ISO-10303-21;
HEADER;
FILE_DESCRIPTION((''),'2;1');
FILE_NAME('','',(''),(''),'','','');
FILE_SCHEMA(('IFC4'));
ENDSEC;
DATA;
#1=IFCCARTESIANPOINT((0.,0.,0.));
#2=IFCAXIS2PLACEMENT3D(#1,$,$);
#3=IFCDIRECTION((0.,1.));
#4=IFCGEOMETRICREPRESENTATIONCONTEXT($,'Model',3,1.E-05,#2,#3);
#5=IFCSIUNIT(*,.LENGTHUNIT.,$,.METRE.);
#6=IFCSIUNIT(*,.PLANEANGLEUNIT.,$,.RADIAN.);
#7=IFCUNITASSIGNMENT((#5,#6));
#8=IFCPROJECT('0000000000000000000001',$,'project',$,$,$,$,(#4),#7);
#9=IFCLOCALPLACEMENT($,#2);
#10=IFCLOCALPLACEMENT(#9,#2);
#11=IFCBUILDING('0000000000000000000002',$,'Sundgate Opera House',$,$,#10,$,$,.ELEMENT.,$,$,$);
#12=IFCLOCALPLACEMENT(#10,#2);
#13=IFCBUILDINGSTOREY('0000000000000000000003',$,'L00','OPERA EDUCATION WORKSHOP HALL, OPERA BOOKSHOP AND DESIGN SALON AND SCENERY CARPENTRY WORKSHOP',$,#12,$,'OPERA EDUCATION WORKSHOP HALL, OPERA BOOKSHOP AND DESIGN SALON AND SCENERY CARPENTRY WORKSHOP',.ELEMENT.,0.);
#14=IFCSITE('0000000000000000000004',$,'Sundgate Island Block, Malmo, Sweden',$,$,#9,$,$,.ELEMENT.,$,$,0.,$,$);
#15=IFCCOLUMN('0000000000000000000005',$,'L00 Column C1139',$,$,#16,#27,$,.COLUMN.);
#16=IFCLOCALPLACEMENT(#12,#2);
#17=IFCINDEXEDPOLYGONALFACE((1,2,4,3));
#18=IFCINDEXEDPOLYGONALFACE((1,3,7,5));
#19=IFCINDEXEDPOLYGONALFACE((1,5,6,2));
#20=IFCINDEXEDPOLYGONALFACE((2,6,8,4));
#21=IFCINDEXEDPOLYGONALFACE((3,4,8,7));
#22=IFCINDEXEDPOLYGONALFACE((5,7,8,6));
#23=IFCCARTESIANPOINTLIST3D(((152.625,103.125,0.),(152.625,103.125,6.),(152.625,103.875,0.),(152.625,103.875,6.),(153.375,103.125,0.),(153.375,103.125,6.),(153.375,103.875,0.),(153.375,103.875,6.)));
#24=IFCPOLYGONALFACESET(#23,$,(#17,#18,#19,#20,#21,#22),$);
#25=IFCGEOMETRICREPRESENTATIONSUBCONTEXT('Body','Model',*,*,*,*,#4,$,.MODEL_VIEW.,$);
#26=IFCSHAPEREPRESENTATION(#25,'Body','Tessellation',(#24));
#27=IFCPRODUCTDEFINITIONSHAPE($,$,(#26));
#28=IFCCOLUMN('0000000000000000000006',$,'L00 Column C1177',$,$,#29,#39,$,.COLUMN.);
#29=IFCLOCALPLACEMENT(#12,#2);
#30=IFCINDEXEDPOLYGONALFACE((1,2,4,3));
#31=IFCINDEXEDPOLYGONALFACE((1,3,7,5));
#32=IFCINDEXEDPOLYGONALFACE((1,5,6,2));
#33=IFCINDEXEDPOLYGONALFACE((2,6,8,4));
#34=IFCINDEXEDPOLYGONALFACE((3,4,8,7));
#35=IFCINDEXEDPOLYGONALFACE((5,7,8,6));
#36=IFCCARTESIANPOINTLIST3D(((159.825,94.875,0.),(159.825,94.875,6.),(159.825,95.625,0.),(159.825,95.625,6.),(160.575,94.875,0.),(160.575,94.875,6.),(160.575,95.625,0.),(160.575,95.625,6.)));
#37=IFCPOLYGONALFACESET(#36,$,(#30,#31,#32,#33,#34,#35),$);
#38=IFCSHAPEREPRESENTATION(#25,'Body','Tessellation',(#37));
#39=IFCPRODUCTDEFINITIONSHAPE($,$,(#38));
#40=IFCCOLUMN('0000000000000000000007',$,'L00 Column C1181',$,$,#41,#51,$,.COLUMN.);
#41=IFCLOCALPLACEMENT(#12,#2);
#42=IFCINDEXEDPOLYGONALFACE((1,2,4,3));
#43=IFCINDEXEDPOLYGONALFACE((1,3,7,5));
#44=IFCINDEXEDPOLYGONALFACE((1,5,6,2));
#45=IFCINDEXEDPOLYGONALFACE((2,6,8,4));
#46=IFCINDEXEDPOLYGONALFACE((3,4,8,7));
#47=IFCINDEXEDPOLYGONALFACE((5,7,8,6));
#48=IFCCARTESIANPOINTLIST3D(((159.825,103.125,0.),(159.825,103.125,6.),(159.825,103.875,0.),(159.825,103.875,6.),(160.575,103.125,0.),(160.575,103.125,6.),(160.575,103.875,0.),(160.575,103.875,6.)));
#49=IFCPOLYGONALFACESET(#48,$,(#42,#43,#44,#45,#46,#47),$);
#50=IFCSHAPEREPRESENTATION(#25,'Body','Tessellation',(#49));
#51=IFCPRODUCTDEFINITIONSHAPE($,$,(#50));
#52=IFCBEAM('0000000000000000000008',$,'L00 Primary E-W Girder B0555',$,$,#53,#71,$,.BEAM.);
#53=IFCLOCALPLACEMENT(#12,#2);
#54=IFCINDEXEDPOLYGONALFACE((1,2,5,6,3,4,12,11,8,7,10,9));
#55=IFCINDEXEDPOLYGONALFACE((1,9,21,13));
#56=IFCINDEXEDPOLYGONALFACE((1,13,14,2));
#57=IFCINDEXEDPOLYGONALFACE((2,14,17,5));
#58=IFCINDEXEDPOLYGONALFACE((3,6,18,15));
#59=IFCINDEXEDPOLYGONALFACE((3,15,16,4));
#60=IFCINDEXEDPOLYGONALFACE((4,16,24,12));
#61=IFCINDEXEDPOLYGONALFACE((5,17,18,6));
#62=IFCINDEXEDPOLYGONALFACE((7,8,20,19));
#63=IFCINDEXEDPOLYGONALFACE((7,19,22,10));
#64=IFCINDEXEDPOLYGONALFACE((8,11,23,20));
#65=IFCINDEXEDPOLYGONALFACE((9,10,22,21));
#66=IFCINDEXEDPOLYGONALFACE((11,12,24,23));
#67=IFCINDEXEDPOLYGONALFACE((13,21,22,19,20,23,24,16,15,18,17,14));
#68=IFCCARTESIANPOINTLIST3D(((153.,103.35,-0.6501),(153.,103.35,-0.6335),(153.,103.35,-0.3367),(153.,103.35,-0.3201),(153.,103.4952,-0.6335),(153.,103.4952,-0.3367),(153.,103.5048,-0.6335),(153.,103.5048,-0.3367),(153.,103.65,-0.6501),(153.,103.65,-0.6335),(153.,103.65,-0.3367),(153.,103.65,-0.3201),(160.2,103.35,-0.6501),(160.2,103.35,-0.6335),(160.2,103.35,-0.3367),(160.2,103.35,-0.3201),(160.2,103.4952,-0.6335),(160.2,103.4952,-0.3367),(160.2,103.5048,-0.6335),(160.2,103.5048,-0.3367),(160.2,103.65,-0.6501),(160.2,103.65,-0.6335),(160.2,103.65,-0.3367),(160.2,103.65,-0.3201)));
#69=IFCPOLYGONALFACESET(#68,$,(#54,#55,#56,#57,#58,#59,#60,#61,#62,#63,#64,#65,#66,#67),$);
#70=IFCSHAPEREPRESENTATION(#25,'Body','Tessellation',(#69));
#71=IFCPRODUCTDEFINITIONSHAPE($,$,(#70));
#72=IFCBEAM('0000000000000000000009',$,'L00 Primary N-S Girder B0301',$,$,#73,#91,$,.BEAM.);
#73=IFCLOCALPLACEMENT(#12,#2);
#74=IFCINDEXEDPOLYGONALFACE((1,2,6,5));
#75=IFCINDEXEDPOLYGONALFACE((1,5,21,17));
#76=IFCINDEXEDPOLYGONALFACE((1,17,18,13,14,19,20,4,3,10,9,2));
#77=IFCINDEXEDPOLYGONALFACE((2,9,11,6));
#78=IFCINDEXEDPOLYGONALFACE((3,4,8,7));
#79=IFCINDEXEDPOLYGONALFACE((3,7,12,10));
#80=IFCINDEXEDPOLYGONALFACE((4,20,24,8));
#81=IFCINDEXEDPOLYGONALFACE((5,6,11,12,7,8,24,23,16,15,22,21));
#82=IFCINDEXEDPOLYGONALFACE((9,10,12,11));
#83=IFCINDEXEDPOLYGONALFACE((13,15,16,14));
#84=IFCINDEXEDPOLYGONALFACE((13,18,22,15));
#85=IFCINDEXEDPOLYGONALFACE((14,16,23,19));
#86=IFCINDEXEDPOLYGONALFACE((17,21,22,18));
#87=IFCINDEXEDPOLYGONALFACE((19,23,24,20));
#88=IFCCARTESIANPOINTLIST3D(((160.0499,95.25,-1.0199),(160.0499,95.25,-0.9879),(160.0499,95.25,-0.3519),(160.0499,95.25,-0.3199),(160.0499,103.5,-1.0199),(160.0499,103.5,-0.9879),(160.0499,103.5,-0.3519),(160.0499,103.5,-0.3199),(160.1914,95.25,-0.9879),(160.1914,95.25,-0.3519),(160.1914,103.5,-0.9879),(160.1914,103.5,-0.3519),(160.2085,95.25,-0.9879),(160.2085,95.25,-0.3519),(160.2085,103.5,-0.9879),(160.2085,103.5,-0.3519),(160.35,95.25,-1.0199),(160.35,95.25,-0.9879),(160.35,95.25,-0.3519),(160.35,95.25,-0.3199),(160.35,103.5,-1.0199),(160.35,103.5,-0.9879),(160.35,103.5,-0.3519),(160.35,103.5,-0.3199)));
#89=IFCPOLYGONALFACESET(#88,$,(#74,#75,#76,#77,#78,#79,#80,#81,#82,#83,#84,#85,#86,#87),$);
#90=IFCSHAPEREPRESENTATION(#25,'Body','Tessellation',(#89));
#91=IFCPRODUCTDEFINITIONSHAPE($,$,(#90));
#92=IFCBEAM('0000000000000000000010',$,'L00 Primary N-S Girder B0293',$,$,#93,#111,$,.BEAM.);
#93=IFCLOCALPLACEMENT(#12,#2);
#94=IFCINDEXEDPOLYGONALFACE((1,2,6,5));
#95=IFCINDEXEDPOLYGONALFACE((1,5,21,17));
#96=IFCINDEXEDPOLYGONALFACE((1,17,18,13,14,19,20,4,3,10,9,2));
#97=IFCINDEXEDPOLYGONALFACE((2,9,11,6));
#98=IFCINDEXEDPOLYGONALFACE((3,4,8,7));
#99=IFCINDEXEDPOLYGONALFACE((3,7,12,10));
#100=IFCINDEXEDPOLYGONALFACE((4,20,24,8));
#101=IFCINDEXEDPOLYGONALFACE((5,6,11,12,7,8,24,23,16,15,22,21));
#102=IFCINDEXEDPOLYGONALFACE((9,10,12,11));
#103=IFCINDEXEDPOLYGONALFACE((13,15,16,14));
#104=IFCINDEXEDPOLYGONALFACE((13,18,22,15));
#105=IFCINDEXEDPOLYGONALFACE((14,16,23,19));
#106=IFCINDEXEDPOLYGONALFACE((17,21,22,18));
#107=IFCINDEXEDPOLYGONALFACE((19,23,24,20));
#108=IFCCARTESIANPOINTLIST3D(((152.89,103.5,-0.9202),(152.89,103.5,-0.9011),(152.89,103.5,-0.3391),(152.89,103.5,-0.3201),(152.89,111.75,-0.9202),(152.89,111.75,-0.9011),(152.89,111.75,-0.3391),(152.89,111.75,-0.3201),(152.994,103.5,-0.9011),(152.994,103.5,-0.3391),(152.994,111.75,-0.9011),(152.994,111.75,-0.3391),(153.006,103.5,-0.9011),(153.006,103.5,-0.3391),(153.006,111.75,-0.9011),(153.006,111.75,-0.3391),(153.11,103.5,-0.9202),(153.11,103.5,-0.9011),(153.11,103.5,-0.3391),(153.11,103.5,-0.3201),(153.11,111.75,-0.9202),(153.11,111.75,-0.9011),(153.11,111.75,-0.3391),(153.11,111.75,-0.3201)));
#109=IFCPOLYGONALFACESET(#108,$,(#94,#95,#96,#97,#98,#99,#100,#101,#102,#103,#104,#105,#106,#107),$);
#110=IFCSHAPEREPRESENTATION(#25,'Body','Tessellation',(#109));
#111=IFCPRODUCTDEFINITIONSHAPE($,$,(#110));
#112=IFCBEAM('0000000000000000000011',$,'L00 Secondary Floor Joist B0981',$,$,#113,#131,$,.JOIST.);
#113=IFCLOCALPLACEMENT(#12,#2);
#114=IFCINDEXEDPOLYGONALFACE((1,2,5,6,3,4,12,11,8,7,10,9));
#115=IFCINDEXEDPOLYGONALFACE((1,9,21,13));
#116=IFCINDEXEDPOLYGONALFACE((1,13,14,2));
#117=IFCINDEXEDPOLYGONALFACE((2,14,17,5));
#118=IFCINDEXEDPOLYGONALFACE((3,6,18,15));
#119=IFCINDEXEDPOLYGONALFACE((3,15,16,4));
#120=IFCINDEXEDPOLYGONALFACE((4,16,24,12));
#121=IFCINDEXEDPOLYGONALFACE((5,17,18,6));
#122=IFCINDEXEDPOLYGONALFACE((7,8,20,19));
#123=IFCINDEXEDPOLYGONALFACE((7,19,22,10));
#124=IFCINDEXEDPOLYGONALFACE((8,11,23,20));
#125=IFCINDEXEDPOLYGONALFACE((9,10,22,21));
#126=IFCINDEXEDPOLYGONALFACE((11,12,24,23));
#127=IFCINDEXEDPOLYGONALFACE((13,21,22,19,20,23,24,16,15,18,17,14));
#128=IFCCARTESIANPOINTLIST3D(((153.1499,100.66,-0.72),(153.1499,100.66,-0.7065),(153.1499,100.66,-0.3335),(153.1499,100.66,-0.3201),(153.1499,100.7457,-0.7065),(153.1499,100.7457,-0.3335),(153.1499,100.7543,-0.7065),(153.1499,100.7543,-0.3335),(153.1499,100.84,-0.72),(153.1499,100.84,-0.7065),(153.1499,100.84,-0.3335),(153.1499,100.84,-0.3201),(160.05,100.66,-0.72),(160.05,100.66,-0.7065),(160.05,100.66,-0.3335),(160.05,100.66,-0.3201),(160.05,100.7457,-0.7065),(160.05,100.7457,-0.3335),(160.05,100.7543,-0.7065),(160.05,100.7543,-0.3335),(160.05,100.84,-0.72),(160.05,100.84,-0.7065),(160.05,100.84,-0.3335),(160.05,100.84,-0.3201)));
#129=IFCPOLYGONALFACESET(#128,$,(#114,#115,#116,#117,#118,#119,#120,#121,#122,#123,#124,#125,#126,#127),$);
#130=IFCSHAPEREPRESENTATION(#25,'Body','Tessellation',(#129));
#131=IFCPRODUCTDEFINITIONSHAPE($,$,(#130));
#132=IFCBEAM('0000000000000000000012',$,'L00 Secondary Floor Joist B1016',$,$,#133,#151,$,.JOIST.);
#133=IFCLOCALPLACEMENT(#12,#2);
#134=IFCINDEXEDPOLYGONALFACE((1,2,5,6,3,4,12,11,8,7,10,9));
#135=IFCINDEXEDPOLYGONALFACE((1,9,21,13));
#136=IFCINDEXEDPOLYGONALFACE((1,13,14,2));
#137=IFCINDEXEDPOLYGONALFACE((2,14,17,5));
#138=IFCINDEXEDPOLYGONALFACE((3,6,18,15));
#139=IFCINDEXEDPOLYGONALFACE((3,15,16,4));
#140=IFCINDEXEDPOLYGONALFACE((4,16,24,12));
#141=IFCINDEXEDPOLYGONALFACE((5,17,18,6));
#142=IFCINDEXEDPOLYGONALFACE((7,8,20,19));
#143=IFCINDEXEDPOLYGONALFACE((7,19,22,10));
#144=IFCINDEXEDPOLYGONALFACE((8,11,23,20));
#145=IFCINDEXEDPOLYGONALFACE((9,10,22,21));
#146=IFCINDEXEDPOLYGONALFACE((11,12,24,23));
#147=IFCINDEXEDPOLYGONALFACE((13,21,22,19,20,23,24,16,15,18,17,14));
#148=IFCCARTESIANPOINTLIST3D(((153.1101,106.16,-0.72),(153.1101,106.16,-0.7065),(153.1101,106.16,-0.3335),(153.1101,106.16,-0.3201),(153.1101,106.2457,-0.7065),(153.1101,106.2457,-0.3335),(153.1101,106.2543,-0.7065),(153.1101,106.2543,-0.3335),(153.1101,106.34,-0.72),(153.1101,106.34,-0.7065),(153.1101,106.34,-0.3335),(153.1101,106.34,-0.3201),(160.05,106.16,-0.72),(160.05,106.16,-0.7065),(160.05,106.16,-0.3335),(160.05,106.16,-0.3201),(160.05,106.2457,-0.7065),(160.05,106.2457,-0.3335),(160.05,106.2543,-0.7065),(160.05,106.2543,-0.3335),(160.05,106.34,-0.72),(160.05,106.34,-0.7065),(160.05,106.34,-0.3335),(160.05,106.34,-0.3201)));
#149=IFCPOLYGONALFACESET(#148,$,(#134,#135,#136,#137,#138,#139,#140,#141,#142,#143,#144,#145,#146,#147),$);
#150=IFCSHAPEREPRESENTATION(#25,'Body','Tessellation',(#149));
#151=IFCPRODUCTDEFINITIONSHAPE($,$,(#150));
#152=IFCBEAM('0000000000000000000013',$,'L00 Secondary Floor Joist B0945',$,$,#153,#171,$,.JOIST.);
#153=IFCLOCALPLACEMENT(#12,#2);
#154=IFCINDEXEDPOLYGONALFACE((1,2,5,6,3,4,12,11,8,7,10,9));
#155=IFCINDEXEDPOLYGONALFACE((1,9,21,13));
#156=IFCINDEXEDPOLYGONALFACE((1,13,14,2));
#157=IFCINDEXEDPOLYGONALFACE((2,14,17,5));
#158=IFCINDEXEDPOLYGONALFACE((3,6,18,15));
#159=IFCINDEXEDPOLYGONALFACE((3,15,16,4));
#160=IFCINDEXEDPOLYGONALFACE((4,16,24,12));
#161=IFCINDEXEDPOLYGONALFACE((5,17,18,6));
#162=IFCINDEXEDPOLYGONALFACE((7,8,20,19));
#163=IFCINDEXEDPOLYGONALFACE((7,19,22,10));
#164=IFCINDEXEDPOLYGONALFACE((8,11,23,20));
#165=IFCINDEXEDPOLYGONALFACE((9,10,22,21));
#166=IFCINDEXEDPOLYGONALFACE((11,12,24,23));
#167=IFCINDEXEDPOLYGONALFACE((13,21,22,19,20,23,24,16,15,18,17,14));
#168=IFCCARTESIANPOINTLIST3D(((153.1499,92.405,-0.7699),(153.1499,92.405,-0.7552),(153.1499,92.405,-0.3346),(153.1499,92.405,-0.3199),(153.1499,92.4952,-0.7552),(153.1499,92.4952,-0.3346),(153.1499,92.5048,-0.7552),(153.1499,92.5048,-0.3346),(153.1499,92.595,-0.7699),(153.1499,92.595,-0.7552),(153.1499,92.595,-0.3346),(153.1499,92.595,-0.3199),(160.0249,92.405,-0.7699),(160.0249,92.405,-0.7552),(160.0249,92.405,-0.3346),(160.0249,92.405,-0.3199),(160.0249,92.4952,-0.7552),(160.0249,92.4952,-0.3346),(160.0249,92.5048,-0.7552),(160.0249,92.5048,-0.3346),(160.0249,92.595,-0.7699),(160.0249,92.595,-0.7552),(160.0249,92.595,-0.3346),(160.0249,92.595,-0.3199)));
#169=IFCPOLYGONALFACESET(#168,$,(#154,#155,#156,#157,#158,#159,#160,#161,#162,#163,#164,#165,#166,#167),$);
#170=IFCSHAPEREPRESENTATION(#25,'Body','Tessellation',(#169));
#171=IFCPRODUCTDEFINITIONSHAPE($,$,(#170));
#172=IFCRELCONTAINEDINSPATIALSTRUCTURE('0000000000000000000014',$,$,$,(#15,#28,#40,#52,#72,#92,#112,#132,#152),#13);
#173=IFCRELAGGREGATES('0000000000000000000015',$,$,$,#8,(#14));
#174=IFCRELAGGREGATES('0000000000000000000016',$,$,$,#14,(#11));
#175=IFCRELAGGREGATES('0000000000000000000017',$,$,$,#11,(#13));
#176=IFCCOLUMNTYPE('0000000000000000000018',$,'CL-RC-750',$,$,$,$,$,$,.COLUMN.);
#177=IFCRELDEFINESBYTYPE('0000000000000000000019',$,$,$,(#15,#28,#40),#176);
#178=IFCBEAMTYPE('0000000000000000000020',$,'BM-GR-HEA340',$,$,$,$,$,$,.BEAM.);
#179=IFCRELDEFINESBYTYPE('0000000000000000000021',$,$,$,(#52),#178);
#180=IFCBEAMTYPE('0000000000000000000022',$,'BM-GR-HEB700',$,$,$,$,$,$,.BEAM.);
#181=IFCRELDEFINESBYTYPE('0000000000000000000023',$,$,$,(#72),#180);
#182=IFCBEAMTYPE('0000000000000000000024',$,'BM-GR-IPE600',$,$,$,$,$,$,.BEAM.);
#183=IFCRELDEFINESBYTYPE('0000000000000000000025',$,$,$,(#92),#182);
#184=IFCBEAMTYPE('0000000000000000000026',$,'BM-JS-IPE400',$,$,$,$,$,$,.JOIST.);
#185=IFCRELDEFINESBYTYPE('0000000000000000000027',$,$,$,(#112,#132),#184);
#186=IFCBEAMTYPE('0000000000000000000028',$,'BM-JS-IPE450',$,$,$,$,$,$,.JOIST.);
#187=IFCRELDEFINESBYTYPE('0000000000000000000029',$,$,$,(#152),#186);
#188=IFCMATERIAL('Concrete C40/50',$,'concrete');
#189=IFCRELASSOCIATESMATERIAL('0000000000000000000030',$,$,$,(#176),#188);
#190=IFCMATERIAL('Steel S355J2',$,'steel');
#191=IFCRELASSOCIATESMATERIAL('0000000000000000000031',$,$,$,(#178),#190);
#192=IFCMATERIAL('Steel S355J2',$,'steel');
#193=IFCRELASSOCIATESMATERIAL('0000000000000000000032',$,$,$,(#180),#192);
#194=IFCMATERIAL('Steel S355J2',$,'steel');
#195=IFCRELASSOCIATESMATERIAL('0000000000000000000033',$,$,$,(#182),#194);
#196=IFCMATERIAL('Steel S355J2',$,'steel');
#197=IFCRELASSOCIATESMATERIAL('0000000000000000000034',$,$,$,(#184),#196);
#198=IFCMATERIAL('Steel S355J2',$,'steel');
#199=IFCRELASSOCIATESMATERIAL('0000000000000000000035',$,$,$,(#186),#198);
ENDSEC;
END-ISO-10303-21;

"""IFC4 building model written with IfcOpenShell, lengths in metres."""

from ifc_helpers import new_model, si_unit, direction, frame, origin, origin_2d, place, context, subcontext, project, spatial, rectangle, i_section, extrude, material, material_profile, profile_set, type_object, element, save


model = new_model("IFC4")

# Units and contexts
model_context = context("Model", 3, precision=1e-05, world=origin(), true_north=direction((0.0, 1.0)))
body_context = subcontext(model_context, "Body", "Model", "MODEL_VIEW")
ifc_project = project(units=[si_unit("LENGTHUNIT", "METRE"), si_unit("PLANEANGLEUNIT", "RADIAN")], contexts=[model_context])

# Site, building, storey
site_placement = place(None, origin())
site = spatial("IfcSite", under=ifc_project, at=site_placement, Name="Sundgate Island Block, Malmo, Sweden", CompositionType="ELEMENT", RefElevation=0.0)
building_placement = place(site_placement, origin())
building = spatial("IfcBuilding", under=site, at=building_placement, Name="Sundgate Opera House", CompositionType="ELEMENT")
storey_placement = place(building_placement, origin())
storey = spatial("IfcBuildingStorey", under=building, at=storey_placement, Name="L00", Description="OPERA EDUCATION WORKSHOP HALL, OPERA BOOKSHOP AND DESIGN SALON AND SCENERY CARPENTRY WORKSHOP", LongName="OPERA EDUCATION WORKSHOP HALL, OPERA BOOKSHOP AND DESIGN SALON AND SCENERY CARPENTRY WORKSHOP", CompositionType="ELEMENT", Elevation=0.0)

# Columns
ifc_material_1 = material(Name="Concrete C40/50", Category="concrete")
ifc_material_profile_1 = material_profile(ifc_material_1, rectangle(XDim=0.75, YDim=0.75, at=origin_2d()), Name="RC 750x750")
ifc_profile_set_1 = profile_set([ifc_material_profile_1], Name="Concrete C40/50")
column_type = type_object("IfcColumnType", Name="CL-RC-750", PredefinedType="COLUMN", material=ifc_profile_set_1)
for number, where, z_axis, x_axis, name in (
    (1, (153.0, 103.5, 0.0), (0.0, 0.0, 1.0), (1.0, 0.0, 0.0), "L00 Column C1139"),
    (2, (160.2, 95.25, 0.0), (0.0, 0.0, 1.0), (1.0, 0.0, 0.0), "L00 Column C1177"),
    (3, (160.2, 103.5, 0.0), (0.0, 0.0, 1.0), (1.0, 0.0, 0.0), "L00 Column C1181"),
):
    element("IfcColumn", number, at=place(storey_placement, frame(where, z_axis=z_axis, x_axis=x_axis)), inside=storey, type_object=column_type, Name=name, PredefinedType="COLUMN", context=body_context, shape_type="SweptSolid", body=[
        extrude(rectangle(XDim=0.75, YDim=0.75, at=origin_2d()), origin(), (0.0, 0.0, 1.0), 6.0),
    ])

# Beams
ifc_material_2 = material(Name="Steel S355J2", Category="steel")
ifc_material_profile_2 = material_profile(ifc_material_2, i_section(OverallWidth=0.3, OverallDepth=0.3301, WebThickness=0.0095, FlangeThickness=0.0166, at=origin_2d()), Name="HEA 340")
ifc_profile_set_2 = profile_set([ifc_material_profile_2], Name="Steel S355J2")
beam_type_1 = type_object("IfcBeamType", Name="BM-GR-HEA340", PredefinedType="BEAM", material=ifc_profile_set_2)
beam_1_placement = place(storey_placement, frame((153.0, 103.5, -0.4851), z_axis=(1.0, 0.0, 0.0), x_axis=(0.0, 1.0, 0.0)))
element("IfcBeam", 4, at=beam_1_placement, inside=storey, type_object=beam_type_1, Name="L00 Primary E-W Girder B0555", PredefinedType="BEAM", context=body_context, shape_type="SweptSolid", body=[
    extrude(i_section(OverallWidth=0.3, OverallDepth=0.3301, WebThickness=0.0095, FlangeThickness=0.0166, at=origin_2d()), origin(), (0.0, 0.0, 1.0), 7.2),
])
ifc_material_3 = material(Name="Steel S355J2", Category="steel")
ifc_material_profile_3 = material_profile(ifc_material_3, i_section(OverallWidth=0.3, OverallDepth=0.7, WebThickness=0.0171, FlangeThickness=0.032, at=origin_2d()), Name="HEB 700")
ifc_profile_set_3 = profile_set([ifc_material_profile_3], Name="Steel S355J2")
beam_type_2 = type_object("IfcBeamType", Name="BM-GR-HEB700", PredefinedType="BEAM", material=ifc_profile_set_3)
beam_2_placement = place(storey_placement, frame((160.2, 95.25, -0.6699), z_axis=(0.0, 1.0, 0.0), x_axis=(-1.0, 0.0, 0.0)))
element("IfcBeam", 5, at=beam_2_placement, inside=storey, type_object=beam_type_2, Name="L00 Primary N-S Girder B0301", PredefinedType="BEAM", context=body_context, shape_type="SweptSolid", body=[
    extrude(i_section(OverallWidth=0.3, OverallDepth=0.7, WebThickness=0.0171, FlangeThickness=0.032, at=origin_2d()), origin(), (0.0, 0.0, 1.0), 8.25),
])
ifc_material_4 = material(Name="Steel S355J2", Category="steel")
ifc_material_profile_4 = material_profile(ifc_material_4, i_section(OverallWidth=0.22, OverallDepth=0.6001, WebThickness=0.012, FlangeThickness=0.019, at=origin_2d()), Name="IPE 600")
ifc_profile_set_4 = profile_set([ifc_material_profile_4], Name="Steel S355J2")
beam_type_3 = type_object("IfcBeamType", Name="BM-GR-IPE600", PredefinedType="BEAM", material=ifc_profile_set_4)
beam_3_placement = place(storey_placement, frame((153.0, 103.5, -0.6201), z_axis=(0.0, 1.0, 0.0), x_axis=(-1.0, 0.0, 0.0)))
element("IfcBeam", 6, at=beam_3_placement, inside=storey, type_object=beam_type_3, Name="L00 Primary N-S Girder B0293", PredefinedType="BEAM", context=body_context, shape_type="SweptSolid", body=[
    extrude(i_section(OverallWidth=0.22, OverallDepth=0.6001, WebThickness=0.012, FlangeThickness=0.019, at=origin_2d()), origin(), (0.0, 0.0, 1.0), 8.25),
])
ifc_material_5 = material(Name="Steel S355J2", Category="steel")
ifc_material_profile_5 = material_profile(ifc_material_5, i_section(OverallWidth=0.1799, OverallDepth=0.3999, WebThickness=0.0085, FlangeThickness=0.0134, at=origin_2d()), Name="IPE 400")
ifc_profile_set_5 = profile_set([ifc_material_profile_5], Name="Steel S355J2")
beam_type_4 = type_object("IfcBeamType", Name="BM-JS-IPE400", PredefinedType="JOIST", material=ifc_profile_set_5)
beam_4_placement = place(storey_placement, frame((153.1499, 100.75, -0.52), z_axis=(1.0, 0.0, 0.0), x_axis=(0.0, 1.0, 0.0)))
element("IfcBeam", 7, at=beam_4_placement, inside=storey, type_object=beam_type_4, Name="L00 Secondary Floor Joist B0981", PredefinedType="JOIST", context=body_context, shape_type="SweptSolid", body=[
    extrude(i_section(OverallWidth=0.1799, OverallDepth=0.3999, WebThickness=0.0085, FlangeThickness=0.0134, at=origin_2d()), origin(), (0.0, 0.0, 1.0), 6.9001),
])
beam_5_placement = place(storey_placement, frame((153.1101, 106.25, -0.52), z_axis=(1.0, 0.0, 0.0), x_axis=(0.0, 1.0, 0.0)))
element("IfcBeam", 8, at=beam_5_placement, inside=storey, type_object=beam_type_4, Name="L00 Secondary Floor Joist B1016", PredefinedType="JOIST", context=body_context, shape_type="SweptSolid", body=[
    extrude(i_section(OverallWidth=0.1799, OverallDepth=0.3999, WebThickness=0.0085, FlangeThickness=0.0134, at=origin_2d()), origin(), (0.0, 0.0, 1.0), 6.9399),
])
ifc_material_6 = material(Name="Steel S355J2", Category="steel")
ifc_material_profile_6 = material_profile(ifc_material_6, i_section(OverallWidth=0.1899, OverallDepth=0.45, WebThickness=0.0095, FlangeThickness=0.0146, at=origin_2d()), Name="IPE 450")
ifc_profile_set_6 = profile_set([ifc_material_profile_6], Name="Steel S355J2")
beam_type_5 = type_object("IfcBeamType", Name="BM-JS-IPE450", PredefinedType="JOIST", material=ifc_profile_set_6)
beam_6_placement = place(storey_placement, frame((153.1499, 92.5, -0.5449), z_axis=(1.0, 0.0, 0.0), x_axis=(0.0, 1.0, 0.0)))
element("IfcBeam", 9, at=beam_6_placement, inside=storey, type_object=beam_type_5, Name="L00 Secondary Floor Joist B0945", PredefinedType="JOIST", context=body_context, shape_type="SweptSolid", body=[
    extrude(i_section(OverallWidth=0.1899, OverallDepth=0.45, WebThickness=0.0095, FlangeThickness=0.0146, at=origin_2d()), origin(), (0.0, 0.0, 1.0), 6.875),
])

save(model, "model.ifc")
